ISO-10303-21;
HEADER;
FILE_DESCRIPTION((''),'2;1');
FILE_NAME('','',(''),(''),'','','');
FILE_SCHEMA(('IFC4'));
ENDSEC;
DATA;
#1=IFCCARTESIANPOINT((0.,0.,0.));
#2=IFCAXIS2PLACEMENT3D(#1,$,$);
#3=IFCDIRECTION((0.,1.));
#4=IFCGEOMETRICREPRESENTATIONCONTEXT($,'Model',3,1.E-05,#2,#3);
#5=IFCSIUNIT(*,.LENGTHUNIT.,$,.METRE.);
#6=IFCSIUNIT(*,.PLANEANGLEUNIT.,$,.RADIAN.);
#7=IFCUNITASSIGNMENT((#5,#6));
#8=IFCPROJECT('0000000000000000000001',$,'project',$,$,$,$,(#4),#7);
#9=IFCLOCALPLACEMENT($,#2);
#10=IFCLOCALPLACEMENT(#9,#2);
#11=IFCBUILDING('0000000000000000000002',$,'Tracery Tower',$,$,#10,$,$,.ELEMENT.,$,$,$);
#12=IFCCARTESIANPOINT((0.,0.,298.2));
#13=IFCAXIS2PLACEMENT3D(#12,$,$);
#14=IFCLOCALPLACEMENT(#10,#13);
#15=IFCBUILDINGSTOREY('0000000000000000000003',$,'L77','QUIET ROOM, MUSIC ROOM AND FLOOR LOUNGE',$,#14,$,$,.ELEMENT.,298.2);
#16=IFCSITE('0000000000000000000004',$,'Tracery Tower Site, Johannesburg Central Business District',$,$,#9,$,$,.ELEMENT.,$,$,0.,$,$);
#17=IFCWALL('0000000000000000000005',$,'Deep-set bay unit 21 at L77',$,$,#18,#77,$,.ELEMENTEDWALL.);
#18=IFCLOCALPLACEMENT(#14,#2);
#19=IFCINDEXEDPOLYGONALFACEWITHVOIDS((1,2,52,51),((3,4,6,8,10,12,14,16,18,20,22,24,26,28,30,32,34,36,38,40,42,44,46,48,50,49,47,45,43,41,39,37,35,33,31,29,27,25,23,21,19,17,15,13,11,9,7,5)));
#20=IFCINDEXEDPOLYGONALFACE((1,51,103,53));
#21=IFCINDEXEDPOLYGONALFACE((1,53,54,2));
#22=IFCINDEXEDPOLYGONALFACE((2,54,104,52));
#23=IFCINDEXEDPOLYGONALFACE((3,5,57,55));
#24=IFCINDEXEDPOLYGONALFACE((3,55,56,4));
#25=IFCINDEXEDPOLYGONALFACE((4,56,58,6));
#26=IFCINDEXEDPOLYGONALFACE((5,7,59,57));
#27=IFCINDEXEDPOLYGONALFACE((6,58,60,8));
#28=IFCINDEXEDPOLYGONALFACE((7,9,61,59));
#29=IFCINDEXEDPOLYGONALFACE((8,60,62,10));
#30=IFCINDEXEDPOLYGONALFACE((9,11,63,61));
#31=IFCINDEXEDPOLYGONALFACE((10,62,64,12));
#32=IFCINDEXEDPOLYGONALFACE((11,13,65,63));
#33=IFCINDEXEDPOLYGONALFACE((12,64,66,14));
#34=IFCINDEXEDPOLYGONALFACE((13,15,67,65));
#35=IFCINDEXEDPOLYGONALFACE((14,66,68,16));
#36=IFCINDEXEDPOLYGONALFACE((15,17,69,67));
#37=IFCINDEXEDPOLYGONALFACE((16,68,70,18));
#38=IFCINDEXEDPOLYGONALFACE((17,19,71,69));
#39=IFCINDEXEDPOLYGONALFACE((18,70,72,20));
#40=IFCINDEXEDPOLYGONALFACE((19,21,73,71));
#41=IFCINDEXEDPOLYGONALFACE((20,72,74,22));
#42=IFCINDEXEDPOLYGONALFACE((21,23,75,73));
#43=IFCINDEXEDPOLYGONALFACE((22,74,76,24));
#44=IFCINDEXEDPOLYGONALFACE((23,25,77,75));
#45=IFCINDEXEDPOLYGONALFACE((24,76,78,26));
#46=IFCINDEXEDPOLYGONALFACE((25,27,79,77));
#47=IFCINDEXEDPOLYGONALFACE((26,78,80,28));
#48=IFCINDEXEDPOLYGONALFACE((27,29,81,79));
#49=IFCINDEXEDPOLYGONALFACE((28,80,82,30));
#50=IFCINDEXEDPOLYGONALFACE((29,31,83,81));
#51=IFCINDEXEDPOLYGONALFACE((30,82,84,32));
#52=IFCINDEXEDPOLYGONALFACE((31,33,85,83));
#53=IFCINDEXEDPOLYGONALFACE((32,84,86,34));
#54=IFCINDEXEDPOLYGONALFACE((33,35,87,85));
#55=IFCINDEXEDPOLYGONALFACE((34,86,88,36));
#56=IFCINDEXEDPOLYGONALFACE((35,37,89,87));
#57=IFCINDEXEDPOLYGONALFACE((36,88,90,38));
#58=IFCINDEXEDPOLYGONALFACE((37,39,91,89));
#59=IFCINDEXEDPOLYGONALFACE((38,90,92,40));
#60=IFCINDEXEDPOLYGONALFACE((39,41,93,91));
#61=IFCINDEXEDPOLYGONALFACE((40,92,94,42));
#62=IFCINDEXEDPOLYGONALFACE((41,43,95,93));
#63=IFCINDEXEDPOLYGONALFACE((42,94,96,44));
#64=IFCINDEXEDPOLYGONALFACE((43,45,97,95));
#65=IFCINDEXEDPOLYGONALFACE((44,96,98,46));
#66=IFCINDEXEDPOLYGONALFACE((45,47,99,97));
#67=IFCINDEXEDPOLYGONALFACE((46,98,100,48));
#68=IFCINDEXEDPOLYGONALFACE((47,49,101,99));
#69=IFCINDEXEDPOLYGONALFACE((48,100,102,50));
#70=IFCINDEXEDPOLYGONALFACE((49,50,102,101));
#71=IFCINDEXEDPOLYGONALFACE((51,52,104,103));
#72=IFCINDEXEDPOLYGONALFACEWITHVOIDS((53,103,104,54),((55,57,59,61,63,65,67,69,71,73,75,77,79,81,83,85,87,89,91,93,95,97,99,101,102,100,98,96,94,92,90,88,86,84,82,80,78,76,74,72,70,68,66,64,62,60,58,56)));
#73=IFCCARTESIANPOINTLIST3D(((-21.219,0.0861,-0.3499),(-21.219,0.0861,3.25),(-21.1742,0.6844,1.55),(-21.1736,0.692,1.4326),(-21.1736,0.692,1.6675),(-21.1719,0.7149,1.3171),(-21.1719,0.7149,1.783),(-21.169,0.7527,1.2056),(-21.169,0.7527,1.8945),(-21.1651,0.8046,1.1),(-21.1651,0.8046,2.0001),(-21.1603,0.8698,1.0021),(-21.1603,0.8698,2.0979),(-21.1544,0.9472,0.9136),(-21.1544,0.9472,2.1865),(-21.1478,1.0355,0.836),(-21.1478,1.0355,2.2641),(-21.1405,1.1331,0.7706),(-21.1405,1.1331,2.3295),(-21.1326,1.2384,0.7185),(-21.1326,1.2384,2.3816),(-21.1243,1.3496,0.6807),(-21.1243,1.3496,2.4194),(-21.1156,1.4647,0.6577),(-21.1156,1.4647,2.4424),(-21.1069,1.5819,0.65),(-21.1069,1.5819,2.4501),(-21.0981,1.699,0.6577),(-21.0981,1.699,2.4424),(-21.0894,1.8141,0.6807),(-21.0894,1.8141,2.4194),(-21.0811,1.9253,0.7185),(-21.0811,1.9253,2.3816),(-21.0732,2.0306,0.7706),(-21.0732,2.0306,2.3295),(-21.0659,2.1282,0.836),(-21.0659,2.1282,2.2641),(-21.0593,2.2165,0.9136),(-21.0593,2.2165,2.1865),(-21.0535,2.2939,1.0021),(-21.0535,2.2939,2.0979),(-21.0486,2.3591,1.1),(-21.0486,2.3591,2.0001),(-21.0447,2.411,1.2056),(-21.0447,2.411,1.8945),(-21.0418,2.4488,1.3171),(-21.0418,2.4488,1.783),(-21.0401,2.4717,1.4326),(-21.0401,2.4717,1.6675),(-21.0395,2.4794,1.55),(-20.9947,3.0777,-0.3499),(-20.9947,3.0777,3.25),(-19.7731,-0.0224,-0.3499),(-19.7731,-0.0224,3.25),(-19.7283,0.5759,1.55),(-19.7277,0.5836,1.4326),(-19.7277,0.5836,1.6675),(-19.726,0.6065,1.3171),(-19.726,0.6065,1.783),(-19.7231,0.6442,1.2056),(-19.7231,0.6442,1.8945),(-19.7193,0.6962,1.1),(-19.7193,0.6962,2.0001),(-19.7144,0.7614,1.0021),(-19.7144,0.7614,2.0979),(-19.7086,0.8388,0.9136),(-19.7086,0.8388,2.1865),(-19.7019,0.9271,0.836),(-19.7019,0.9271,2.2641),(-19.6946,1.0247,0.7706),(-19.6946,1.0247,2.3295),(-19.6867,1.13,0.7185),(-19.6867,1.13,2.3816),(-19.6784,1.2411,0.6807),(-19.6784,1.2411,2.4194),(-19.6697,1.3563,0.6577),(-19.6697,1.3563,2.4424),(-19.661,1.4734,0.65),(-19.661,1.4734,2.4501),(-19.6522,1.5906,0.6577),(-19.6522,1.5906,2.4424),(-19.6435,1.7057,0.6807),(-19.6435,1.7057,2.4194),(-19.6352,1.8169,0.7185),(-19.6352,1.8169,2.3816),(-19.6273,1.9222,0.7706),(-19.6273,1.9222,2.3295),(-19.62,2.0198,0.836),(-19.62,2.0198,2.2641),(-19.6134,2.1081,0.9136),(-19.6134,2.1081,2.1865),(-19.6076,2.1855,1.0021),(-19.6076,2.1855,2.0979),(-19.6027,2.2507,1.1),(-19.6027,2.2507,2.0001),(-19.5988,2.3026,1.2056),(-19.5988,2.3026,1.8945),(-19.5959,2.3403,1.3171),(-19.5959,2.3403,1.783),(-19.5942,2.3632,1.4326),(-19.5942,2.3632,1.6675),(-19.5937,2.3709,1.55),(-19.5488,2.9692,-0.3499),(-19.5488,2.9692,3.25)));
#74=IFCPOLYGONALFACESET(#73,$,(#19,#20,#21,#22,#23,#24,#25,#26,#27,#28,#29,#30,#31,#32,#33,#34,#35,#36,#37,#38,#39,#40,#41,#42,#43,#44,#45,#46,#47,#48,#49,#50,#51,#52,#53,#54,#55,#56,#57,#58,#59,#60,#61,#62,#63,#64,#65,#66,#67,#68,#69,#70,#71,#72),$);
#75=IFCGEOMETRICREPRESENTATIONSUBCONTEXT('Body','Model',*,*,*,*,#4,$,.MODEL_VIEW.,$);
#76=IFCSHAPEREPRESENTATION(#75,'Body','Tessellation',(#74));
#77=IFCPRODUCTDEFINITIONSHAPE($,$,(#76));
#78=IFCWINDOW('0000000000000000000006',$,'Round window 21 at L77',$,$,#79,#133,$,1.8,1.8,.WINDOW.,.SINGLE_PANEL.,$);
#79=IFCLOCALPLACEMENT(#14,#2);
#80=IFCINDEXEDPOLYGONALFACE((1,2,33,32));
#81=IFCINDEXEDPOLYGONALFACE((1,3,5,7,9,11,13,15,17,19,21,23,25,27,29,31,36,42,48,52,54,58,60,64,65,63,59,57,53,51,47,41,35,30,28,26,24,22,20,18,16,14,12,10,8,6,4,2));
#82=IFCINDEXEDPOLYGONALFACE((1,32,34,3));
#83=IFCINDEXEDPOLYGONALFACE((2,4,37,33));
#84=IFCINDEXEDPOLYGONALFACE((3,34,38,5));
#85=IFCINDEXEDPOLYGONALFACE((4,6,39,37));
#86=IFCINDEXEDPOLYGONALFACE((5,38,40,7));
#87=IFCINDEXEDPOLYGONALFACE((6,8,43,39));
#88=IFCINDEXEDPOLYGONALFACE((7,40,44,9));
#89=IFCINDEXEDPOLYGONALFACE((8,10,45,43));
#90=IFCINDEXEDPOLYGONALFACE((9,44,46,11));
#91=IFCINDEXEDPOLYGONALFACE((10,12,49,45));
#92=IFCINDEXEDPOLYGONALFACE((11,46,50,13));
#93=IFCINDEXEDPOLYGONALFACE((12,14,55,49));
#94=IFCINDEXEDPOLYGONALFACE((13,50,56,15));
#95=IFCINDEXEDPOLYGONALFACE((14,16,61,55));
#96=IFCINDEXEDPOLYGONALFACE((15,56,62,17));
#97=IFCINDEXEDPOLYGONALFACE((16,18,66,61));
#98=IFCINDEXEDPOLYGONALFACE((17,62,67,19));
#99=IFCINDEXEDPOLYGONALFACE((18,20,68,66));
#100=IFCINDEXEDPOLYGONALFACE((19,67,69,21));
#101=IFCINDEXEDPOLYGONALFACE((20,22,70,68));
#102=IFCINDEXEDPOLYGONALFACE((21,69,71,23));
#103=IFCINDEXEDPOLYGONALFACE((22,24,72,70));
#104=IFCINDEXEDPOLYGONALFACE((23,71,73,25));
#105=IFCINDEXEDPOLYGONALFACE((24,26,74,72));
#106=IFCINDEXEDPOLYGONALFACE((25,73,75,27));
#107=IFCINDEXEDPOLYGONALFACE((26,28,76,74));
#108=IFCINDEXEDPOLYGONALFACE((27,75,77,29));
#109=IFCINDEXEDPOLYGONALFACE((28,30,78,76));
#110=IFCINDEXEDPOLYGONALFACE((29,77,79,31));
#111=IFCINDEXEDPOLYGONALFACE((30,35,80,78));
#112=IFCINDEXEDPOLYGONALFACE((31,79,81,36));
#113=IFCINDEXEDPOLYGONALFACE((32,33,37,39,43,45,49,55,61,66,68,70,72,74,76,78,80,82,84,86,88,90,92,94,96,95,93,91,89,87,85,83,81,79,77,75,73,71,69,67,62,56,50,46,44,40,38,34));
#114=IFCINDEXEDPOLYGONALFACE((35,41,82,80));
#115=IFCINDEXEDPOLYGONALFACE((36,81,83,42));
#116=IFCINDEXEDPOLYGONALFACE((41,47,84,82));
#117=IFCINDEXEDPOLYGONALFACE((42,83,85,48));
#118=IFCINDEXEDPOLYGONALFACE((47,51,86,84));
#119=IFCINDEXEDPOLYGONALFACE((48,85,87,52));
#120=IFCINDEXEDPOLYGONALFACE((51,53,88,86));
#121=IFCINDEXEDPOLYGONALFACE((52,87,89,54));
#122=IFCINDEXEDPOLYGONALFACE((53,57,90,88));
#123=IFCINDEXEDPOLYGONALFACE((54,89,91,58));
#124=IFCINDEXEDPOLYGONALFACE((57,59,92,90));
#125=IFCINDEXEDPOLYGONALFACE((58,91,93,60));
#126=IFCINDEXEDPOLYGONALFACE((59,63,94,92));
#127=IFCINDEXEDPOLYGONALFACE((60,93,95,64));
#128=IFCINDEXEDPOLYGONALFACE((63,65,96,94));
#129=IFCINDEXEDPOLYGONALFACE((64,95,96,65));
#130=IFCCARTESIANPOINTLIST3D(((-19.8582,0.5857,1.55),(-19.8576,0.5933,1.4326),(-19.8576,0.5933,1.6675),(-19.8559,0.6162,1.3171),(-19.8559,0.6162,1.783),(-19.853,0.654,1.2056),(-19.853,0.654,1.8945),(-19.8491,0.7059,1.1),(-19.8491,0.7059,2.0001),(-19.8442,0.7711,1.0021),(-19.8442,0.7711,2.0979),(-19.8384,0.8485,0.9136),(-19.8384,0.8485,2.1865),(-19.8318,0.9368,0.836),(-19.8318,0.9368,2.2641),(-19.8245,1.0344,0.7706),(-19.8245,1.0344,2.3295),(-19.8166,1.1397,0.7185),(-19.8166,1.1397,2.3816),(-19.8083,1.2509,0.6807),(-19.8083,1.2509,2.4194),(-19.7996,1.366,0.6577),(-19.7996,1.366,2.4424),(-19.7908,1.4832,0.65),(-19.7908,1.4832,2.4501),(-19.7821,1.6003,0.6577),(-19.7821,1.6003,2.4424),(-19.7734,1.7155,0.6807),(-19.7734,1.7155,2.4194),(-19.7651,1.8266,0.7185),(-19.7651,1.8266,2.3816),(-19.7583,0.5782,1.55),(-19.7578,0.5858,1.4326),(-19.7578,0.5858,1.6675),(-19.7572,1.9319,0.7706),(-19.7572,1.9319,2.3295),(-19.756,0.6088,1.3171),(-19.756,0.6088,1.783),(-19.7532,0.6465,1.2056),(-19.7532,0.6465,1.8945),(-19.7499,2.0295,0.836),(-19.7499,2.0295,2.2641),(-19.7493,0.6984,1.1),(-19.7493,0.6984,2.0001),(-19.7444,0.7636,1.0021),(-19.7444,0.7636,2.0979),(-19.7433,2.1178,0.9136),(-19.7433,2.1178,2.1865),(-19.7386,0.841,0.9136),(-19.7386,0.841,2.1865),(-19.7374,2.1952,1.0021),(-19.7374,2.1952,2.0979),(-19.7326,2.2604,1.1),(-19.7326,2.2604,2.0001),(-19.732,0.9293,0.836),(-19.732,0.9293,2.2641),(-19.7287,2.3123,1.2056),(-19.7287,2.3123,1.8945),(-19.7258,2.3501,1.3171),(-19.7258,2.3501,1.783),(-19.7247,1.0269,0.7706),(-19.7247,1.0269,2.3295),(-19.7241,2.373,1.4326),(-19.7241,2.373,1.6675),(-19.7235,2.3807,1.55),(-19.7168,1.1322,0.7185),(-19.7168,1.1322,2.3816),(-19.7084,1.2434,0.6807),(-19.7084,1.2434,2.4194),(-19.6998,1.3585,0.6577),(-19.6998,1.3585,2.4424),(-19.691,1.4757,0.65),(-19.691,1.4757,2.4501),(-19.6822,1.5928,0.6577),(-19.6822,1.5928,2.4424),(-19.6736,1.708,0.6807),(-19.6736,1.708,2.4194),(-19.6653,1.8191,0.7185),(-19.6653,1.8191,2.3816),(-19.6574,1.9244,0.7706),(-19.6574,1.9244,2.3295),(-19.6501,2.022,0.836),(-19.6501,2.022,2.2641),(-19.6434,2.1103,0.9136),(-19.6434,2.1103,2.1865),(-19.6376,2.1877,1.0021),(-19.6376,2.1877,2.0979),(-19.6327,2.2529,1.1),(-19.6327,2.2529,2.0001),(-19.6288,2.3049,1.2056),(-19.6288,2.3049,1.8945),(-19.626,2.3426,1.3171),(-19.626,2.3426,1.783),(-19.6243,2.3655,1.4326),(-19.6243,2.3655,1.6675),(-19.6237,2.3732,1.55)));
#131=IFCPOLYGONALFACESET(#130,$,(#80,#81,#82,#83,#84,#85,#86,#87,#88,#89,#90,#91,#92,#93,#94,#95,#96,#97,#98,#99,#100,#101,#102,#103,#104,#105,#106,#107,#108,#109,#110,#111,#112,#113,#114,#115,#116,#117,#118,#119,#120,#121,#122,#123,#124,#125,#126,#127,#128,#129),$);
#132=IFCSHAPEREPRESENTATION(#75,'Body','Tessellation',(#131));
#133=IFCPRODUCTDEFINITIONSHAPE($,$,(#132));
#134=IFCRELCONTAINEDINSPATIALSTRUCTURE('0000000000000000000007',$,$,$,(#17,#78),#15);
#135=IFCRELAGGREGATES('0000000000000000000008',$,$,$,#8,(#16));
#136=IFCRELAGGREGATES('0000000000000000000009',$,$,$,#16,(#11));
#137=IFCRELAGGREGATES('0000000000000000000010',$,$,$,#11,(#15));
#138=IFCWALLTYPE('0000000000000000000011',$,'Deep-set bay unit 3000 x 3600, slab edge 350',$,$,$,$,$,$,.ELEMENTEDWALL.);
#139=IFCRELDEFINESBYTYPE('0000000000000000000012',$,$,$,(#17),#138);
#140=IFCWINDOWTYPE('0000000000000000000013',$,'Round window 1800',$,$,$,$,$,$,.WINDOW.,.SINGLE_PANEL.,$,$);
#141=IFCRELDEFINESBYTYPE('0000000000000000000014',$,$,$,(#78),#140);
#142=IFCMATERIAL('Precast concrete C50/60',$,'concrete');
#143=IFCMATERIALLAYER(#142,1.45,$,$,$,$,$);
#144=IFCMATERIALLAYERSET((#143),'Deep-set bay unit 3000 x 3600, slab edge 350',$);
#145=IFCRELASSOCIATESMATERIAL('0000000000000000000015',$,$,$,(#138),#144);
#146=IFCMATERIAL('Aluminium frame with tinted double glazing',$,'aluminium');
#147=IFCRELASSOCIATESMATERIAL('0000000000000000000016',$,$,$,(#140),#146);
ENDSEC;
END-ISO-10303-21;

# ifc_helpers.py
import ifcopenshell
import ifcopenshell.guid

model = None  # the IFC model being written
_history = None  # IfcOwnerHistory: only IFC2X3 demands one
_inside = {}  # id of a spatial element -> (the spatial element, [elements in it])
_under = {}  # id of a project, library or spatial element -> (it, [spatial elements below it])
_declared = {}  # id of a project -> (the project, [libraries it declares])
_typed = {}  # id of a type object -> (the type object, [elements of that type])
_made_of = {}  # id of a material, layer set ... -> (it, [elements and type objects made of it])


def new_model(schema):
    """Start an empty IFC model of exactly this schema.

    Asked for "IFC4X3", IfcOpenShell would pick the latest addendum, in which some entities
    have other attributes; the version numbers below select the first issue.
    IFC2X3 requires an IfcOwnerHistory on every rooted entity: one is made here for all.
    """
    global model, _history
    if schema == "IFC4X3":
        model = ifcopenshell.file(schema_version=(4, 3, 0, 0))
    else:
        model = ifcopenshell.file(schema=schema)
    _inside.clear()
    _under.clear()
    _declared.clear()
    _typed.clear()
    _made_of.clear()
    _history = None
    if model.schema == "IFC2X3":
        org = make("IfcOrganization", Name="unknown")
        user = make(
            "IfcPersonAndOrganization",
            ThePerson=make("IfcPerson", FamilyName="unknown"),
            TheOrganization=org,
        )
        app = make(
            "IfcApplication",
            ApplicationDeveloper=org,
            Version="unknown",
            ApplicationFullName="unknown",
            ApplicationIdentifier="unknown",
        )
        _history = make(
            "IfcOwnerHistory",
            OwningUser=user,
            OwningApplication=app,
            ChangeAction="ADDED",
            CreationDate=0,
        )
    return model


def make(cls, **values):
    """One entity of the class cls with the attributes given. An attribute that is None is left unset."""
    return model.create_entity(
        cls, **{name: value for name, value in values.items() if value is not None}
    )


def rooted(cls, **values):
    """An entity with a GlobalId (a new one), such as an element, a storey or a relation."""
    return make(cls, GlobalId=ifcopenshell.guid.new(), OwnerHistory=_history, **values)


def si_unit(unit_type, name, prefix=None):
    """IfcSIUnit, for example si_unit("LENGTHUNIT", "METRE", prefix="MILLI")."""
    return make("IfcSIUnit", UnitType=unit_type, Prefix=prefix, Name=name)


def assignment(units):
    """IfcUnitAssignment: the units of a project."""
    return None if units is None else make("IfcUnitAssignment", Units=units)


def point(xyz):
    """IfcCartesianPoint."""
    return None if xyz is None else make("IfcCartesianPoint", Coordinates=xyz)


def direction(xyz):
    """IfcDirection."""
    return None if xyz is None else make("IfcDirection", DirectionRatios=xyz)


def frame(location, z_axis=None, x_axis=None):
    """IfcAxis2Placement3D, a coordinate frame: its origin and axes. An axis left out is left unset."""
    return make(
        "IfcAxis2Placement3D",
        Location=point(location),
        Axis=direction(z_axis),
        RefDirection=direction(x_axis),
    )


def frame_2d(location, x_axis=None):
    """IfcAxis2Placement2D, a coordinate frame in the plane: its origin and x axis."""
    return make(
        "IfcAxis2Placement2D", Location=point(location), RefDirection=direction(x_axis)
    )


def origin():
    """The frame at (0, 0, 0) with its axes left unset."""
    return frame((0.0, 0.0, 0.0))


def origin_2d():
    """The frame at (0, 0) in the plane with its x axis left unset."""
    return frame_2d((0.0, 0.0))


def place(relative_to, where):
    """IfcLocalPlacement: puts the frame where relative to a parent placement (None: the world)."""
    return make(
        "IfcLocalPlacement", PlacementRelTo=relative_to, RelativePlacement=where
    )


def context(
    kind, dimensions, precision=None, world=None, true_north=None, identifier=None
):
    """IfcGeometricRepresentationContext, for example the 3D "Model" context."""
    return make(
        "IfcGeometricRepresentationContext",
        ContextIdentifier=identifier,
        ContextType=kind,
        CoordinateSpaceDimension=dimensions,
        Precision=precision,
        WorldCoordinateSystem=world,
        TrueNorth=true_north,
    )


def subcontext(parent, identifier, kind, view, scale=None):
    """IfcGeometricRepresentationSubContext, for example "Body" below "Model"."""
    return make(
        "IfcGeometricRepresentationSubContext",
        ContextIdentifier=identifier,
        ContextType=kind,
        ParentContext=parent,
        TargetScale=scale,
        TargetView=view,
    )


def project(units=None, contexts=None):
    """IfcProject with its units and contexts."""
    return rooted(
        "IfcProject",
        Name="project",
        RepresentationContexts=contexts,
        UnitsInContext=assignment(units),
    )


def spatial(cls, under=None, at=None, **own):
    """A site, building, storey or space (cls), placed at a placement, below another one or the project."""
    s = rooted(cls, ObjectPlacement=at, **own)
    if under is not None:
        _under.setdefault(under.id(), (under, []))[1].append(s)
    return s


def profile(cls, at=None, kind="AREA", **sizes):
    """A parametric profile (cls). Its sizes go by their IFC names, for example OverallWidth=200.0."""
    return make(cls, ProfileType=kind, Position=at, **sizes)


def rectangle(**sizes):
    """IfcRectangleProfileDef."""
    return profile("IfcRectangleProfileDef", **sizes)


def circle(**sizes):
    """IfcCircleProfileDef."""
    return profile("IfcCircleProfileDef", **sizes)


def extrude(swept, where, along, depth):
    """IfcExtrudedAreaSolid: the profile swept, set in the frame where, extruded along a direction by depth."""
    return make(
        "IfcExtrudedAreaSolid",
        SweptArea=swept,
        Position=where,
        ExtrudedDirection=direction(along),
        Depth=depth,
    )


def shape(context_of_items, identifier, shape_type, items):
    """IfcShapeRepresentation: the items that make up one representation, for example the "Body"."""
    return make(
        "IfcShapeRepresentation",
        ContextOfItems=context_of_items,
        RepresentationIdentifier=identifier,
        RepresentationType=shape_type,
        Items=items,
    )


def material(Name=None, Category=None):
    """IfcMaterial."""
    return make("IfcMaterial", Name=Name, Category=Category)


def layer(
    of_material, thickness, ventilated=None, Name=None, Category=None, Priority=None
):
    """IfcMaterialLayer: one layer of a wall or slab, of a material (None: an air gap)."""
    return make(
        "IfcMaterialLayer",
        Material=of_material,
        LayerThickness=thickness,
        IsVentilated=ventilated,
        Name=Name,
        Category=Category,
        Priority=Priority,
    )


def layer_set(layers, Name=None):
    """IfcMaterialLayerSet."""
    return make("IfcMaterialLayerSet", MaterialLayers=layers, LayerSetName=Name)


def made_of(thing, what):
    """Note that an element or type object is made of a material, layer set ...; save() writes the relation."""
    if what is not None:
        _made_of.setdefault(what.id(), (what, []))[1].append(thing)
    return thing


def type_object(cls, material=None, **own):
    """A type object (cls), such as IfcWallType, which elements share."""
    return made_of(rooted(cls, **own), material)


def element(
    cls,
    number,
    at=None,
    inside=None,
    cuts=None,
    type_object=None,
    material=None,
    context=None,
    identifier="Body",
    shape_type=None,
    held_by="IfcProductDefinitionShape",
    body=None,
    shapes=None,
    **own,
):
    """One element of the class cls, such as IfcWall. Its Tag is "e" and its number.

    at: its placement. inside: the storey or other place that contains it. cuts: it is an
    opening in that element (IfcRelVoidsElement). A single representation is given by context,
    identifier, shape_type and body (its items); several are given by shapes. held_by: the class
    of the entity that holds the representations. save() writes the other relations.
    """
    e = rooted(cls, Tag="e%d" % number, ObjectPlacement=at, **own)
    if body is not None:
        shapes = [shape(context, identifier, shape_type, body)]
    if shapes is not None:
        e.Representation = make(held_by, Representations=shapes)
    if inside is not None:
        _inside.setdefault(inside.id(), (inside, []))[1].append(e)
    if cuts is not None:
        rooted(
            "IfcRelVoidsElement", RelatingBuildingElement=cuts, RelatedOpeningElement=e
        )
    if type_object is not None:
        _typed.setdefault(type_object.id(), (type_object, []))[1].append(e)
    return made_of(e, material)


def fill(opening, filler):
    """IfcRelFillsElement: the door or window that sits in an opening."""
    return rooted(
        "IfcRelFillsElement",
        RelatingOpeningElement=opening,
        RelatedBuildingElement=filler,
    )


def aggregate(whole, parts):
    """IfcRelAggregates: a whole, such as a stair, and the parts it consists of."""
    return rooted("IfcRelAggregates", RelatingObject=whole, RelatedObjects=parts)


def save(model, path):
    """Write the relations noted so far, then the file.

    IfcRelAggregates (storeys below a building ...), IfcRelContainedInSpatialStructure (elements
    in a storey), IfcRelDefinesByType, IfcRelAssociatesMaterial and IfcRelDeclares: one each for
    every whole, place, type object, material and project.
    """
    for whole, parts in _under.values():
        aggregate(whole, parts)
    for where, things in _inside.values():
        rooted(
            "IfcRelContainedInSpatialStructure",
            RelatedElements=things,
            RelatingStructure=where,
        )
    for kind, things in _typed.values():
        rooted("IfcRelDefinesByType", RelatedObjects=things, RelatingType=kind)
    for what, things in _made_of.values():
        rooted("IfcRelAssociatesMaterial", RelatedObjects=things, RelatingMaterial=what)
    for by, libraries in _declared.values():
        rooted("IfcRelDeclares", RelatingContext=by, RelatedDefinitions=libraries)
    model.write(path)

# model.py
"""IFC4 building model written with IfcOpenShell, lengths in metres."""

from ifc_helpers import new_model, si_unit, direction, frame, frame_2d, origin, origin_2d, place, context, subcontext, project, spatial, rectangle, circle, extrude, material, layer, layer_set, type_object, element, fill, save


model = new_model("IFC4")

# Units and contexts
model_context = context("Model", 3, precision=1e-05, world=origin(), true_north=direction((0.0, 1.0)))
body_context = subcontext(model_context, "Body", "Model", "MODEL_VIEW")
ifc_project = project(units=[si_unit("LENGTHUNIT", "METRE"), si_unit("PLANEANGLEUNIT", "RADIAN")], contexts=[model_context])

# Site, building, storey
site_placement = place(None, origin())
site = spatial("IfcSite", under=ifc_project, at=site_placement, Name="Tracery Tower Site, Johannesburg Central Business District", CompositionType="ELEMENT", RefElevation=0.0)
building_placement = place(site_placement, origin())
building = spatial("IfcBuilding", under=site, at=building_placement, Name="Tracery Tower", CompositionType="ELEMENT")
storey_placement = place(building_placement, frame((0.0, 0.0, 298.2)))
storey = spatial("IfcBuildingStorey", under=building, at=storey_placement, Name="L77", Description="QUIET ROOM, MUSIC ROOM AND FLOOR LOUNGE", CompositionType="ELEMENT", Elevation=298.2)

# Wall, opening, window
ifc_material_1 = material(Name="Precast concrete C50/60", Category="concrete")
ifc_layer_1 = layer(ifc_material_1, 1.45)
ifc_layer_set_1 = layer_set([ifc_layer_1], Name="Deep-set bay unit 3000 x 3600, slab edge 350")
wall_type_1 = type_object("IfcWallType", Name="Deep-set bay unit 3000 x 3600, slab edge 350", PredefinedType="ELEMENTEDWALL", material=ifc_layer_set_1)
wall_1_placement = place(storey_placement, frame((-20.2717, 3.0234, -0.3499), z_axis=(0.0, 0.0, 1.0), x_axis=(-0.074786, -0.9972, 0.0)))
wall_1 = element("IfcWall", 1, at=wall_1_placement, inside=storey, type_object=wall_type_1, Name="Deep-set bay unit 21 at L77", PredefinedType="ELEMENTEDWALL", context=body_context, shape_type="SweptSolid", body=[
    extrude(rectangle(XDim=3.0, YDim=1.45, at=frame_2d((1.5, 0.0))), origin(), (0.0, 0.0, 1.0), 3.5999),
])
opening_1_placement = place(wall_1_placement, frame((1.5, 0.0, 1.8999)))
opening_1 = element("IfcOpeningElement", 2, at=opening_1_placement, cuts=wall_1, PredefinedType="OPENING", context=body_context, shape_type="SweptSolid", body=[
    extrude(circle(Radius=0.9, at=origin_2d()), frame((0.0, 0.7349, 0.0), z_axis=(0.0, -1.0, 0.0), x_axis=(1.0, 0.0, 0.0)), (0.0, 0.0, 1.0), 1.47),
])
ifc_material_2 = material(Name="Aluminium frame with tinted double glazing", Category="aluminium")
window_type = type_object("IfcWindowType", Name="Round window 1800", PartitioningType="SINGLE_PANEL", PredefinedType="WINDOW", material=ifc_material_2)
window_1_placement = place(opening_1_placement, origin())
window_1 = element("IfcWindow", 3, at=window_1_placement, inside=storey, type_object=window_type, Name="Round window 21 at L77", OverallHeight=1.8, OverallWidth=1.8, PartitioningType="SINGLE_PANEL", PredefinedType="WINDOW", context=body_context, shape_type="SweptSolid", body=[
    extrude(circle(Radius=0.9, at=origin_2d()), frame((0.0, 0.6948, 0.0), z_axis=(0.0, -1.0, 0.0), x_axis=(1.0, 0.0, 0.0)), (0.0, 0.0, 1.0), 0.1001),
])
fill(opening_1, window_1)

save(model, "model.ifc")
